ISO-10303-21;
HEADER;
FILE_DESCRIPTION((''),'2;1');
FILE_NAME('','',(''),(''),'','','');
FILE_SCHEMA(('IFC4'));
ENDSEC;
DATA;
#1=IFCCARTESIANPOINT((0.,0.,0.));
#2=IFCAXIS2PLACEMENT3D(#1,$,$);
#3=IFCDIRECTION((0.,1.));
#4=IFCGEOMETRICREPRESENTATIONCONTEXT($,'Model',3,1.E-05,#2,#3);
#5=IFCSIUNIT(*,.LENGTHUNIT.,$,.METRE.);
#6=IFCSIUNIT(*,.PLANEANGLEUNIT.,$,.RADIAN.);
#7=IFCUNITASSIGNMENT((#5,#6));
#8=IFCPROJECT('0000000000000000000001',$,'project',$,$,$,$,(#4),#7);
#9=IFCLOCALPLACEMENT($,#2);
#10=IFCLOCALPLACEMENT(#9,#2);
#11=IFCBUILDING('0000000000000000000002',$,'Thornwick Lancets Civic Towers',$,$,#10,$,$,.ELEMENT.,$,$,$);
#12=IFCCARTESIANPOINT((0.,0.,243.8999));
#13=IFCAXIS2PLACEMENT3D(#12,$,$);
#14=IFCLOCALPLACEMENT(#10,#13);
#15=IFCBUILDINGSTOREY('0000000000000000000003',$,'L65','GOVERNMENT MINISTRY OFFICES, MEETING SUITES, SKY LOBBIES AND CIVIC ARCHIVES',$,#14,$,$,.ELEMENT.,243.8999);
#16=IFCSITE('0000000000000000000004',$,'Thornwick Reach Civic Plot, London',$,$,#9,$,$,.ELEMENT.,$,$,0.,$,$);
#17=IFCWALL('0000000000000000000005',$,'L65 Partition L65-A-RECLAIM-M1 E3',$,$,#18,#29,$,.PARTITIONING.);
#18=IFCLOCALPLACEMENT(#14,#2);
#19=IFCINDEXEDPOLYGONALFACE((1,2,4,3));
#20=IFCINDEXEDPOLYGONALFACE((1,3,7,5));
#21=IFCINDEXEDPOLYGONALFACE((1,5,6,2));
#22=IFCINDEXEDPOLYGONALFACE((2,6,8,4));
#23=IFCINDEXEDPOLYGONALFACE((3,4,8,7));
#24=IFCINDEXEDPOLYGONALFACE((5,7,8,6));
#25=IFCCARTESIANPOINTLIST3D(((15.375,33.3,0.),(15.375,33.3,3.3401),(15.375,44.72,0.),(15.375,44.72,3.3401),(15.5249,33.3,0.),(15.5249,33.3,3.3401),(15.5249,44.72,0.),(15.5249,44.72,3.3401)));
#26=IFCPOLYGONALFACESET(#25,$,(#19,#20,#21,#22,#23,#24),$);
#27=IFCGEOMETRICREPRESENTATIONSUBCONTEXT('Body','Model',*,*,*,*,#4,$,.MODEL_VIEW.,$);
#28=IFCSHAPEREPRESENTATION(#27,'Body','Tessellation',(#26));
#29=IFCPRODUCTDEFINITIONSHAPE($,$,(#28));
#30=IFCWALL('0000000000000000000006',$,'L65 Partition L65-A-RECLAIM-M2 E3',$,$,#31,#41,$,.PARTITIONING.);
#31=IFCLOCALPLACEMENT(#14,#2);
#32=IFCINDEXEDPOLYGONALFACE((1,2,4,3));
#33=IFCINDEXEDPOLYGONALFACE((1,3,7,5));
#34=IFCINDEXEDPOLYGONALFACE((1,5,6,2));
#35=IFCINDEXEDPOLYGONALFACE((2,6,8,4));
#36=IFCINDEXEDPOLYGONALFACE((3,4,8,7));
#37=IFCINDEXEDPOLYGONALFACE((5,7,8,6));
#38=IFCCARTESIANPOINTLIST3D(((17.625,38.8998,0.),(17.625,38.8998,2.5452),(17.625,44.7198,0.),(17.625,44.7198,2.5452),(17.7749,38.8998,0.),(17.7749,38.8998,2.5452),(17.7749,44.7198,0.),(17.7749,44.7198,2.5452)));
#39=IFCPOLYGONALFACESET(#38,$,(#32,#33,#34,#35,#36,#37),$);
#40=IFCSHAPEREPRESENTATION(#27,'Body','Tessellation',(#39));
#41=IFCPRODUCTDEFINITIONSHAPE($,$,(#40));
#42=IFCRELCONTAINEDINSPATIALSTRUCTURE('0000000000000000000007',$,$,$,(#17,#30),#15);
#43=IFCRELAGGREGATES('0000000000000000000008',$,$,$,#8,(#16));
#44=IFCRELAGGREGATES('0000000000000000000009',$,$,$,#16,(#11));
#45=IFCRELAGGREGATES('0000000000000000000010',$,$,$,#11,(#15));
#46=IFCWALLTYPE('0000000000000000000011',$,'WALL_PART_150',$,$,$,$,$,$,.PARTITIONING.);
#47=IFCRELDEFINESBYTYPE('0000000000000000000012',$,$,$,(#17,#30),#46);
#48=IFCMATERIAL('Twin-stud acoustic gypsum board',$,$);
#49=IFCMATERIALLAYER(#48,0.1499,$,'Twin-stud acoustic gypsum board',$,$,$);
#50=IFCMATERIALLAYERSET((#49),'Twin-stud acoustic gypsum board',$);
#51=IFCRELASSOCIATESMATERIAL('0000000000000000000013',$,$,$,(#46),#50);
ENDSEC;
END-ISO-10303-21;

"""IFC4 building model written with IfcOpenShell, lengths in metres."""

from ifc_helpers import new_model, si_unit, direction, frame, frame_2d, origin, place, context, subcontext, project, spatial, rectangle, extrude, material, layer, layer_set, type_object, element, save


model = new_model("IFC4")

# Units and contexts
model_context = context("Model", 3, precision=1e-05, world=origin(), true_north=direction((0.0, 1.0)))
body_context = subcontext(model_context, "Body", "Model", "MODEL_VIEW")
ifc_project = project(units=[si_unit("LENGTHUNIT", "METRE"), si_unit("PLANEANGLEUNIT", "RADIAN")], contexts=[model_context])

# Site, building, storey
site_placement = place(None, origin())
site = spatial("IfcSite", under=ifc_project, at=site_placement, Name="Thornwick Reach Civic Plot, London", CompositionType="ELEMENT", RefElevation=0.0)
building_placement = place(site_placement, origin())
building = spatial("IfcBuilding", under=site, at=building_placement, Name="Thornwick Lancets Civic Towers", CompositionType="ELEMENT")
storey_placement = place(building_placement, frame((0.0, 0.0, 243.8999)))
storey = spatial("IfcBuildingStorey", under=building, at=storey_placement, Name="L65", Description="GOVERNMENT MINISTRY OFFICES, MEETING SUITES, SKY LOBBIES AND CIVIC ARCHIVES", CompositionType="ELEMENT", Elevation=243.8999)

# Walls
ifc_material_1 = material(Name="Twin-stud acoustic gypsum board")
ifc_layer_1 = layer(ifc_material_1, 0.1499, Name="Twin-stud acoustic gypsum board")
ifc_layer_set_1 = layer_set([ifc_layer_1], Name="Twin-stud acoustic gypsum board")
wall_type_1 = type_object("IfcWallType", Name="WALL_PART_150", PredefinedType="PARTITIONING", material=ifc_layer_set_1)
wall_1_placement = place(storey_placement, frame((15.45, 44.72, 0.0), z_axis=(0.0, 0.0, 1.0), x_axis=(0.0, -1.0, 0.0)))
element("IfcWall", 1, at=wall_1_placement, inside=storey, type_object=wall_type_1, Name="L65 Partition L65-A-RECLAIM-M1 E3", PredefinedType="PARTITIONING", context=body_context, shape_type="SweptSolid", body=[
    extrude(rectangle(XDim=11.4199, YDim=0.1499, at=frame_2d((5.71, 0.0))), origin(), (0.0, 0.0, 1.0), 3.3401),
])
wall_2_placement = place(storey_placement, frame((17.7, 44.72, 0.0), z_axis=(0.0, 0.0, 1.0), x_axis=(0.0, -1.0, 0.0)))
element("IfcWall", 2, at=wall_2_placement, inside=storey, type_object=wall_type_1, Name="L65 Partition L65-A-RECLAIM-M2 E3", PredefinedType="PARTITIONING", context=body_context, shape_type="SweptSolid", body=[
    extrude(rectangle(XDim=5.8201, YDim=0.1499, at=frame_2d((2.9102, 0.0))), origin(), (0.0, 0.0, 1.0), 2.5452),
])

save(model, "model.ifc")
